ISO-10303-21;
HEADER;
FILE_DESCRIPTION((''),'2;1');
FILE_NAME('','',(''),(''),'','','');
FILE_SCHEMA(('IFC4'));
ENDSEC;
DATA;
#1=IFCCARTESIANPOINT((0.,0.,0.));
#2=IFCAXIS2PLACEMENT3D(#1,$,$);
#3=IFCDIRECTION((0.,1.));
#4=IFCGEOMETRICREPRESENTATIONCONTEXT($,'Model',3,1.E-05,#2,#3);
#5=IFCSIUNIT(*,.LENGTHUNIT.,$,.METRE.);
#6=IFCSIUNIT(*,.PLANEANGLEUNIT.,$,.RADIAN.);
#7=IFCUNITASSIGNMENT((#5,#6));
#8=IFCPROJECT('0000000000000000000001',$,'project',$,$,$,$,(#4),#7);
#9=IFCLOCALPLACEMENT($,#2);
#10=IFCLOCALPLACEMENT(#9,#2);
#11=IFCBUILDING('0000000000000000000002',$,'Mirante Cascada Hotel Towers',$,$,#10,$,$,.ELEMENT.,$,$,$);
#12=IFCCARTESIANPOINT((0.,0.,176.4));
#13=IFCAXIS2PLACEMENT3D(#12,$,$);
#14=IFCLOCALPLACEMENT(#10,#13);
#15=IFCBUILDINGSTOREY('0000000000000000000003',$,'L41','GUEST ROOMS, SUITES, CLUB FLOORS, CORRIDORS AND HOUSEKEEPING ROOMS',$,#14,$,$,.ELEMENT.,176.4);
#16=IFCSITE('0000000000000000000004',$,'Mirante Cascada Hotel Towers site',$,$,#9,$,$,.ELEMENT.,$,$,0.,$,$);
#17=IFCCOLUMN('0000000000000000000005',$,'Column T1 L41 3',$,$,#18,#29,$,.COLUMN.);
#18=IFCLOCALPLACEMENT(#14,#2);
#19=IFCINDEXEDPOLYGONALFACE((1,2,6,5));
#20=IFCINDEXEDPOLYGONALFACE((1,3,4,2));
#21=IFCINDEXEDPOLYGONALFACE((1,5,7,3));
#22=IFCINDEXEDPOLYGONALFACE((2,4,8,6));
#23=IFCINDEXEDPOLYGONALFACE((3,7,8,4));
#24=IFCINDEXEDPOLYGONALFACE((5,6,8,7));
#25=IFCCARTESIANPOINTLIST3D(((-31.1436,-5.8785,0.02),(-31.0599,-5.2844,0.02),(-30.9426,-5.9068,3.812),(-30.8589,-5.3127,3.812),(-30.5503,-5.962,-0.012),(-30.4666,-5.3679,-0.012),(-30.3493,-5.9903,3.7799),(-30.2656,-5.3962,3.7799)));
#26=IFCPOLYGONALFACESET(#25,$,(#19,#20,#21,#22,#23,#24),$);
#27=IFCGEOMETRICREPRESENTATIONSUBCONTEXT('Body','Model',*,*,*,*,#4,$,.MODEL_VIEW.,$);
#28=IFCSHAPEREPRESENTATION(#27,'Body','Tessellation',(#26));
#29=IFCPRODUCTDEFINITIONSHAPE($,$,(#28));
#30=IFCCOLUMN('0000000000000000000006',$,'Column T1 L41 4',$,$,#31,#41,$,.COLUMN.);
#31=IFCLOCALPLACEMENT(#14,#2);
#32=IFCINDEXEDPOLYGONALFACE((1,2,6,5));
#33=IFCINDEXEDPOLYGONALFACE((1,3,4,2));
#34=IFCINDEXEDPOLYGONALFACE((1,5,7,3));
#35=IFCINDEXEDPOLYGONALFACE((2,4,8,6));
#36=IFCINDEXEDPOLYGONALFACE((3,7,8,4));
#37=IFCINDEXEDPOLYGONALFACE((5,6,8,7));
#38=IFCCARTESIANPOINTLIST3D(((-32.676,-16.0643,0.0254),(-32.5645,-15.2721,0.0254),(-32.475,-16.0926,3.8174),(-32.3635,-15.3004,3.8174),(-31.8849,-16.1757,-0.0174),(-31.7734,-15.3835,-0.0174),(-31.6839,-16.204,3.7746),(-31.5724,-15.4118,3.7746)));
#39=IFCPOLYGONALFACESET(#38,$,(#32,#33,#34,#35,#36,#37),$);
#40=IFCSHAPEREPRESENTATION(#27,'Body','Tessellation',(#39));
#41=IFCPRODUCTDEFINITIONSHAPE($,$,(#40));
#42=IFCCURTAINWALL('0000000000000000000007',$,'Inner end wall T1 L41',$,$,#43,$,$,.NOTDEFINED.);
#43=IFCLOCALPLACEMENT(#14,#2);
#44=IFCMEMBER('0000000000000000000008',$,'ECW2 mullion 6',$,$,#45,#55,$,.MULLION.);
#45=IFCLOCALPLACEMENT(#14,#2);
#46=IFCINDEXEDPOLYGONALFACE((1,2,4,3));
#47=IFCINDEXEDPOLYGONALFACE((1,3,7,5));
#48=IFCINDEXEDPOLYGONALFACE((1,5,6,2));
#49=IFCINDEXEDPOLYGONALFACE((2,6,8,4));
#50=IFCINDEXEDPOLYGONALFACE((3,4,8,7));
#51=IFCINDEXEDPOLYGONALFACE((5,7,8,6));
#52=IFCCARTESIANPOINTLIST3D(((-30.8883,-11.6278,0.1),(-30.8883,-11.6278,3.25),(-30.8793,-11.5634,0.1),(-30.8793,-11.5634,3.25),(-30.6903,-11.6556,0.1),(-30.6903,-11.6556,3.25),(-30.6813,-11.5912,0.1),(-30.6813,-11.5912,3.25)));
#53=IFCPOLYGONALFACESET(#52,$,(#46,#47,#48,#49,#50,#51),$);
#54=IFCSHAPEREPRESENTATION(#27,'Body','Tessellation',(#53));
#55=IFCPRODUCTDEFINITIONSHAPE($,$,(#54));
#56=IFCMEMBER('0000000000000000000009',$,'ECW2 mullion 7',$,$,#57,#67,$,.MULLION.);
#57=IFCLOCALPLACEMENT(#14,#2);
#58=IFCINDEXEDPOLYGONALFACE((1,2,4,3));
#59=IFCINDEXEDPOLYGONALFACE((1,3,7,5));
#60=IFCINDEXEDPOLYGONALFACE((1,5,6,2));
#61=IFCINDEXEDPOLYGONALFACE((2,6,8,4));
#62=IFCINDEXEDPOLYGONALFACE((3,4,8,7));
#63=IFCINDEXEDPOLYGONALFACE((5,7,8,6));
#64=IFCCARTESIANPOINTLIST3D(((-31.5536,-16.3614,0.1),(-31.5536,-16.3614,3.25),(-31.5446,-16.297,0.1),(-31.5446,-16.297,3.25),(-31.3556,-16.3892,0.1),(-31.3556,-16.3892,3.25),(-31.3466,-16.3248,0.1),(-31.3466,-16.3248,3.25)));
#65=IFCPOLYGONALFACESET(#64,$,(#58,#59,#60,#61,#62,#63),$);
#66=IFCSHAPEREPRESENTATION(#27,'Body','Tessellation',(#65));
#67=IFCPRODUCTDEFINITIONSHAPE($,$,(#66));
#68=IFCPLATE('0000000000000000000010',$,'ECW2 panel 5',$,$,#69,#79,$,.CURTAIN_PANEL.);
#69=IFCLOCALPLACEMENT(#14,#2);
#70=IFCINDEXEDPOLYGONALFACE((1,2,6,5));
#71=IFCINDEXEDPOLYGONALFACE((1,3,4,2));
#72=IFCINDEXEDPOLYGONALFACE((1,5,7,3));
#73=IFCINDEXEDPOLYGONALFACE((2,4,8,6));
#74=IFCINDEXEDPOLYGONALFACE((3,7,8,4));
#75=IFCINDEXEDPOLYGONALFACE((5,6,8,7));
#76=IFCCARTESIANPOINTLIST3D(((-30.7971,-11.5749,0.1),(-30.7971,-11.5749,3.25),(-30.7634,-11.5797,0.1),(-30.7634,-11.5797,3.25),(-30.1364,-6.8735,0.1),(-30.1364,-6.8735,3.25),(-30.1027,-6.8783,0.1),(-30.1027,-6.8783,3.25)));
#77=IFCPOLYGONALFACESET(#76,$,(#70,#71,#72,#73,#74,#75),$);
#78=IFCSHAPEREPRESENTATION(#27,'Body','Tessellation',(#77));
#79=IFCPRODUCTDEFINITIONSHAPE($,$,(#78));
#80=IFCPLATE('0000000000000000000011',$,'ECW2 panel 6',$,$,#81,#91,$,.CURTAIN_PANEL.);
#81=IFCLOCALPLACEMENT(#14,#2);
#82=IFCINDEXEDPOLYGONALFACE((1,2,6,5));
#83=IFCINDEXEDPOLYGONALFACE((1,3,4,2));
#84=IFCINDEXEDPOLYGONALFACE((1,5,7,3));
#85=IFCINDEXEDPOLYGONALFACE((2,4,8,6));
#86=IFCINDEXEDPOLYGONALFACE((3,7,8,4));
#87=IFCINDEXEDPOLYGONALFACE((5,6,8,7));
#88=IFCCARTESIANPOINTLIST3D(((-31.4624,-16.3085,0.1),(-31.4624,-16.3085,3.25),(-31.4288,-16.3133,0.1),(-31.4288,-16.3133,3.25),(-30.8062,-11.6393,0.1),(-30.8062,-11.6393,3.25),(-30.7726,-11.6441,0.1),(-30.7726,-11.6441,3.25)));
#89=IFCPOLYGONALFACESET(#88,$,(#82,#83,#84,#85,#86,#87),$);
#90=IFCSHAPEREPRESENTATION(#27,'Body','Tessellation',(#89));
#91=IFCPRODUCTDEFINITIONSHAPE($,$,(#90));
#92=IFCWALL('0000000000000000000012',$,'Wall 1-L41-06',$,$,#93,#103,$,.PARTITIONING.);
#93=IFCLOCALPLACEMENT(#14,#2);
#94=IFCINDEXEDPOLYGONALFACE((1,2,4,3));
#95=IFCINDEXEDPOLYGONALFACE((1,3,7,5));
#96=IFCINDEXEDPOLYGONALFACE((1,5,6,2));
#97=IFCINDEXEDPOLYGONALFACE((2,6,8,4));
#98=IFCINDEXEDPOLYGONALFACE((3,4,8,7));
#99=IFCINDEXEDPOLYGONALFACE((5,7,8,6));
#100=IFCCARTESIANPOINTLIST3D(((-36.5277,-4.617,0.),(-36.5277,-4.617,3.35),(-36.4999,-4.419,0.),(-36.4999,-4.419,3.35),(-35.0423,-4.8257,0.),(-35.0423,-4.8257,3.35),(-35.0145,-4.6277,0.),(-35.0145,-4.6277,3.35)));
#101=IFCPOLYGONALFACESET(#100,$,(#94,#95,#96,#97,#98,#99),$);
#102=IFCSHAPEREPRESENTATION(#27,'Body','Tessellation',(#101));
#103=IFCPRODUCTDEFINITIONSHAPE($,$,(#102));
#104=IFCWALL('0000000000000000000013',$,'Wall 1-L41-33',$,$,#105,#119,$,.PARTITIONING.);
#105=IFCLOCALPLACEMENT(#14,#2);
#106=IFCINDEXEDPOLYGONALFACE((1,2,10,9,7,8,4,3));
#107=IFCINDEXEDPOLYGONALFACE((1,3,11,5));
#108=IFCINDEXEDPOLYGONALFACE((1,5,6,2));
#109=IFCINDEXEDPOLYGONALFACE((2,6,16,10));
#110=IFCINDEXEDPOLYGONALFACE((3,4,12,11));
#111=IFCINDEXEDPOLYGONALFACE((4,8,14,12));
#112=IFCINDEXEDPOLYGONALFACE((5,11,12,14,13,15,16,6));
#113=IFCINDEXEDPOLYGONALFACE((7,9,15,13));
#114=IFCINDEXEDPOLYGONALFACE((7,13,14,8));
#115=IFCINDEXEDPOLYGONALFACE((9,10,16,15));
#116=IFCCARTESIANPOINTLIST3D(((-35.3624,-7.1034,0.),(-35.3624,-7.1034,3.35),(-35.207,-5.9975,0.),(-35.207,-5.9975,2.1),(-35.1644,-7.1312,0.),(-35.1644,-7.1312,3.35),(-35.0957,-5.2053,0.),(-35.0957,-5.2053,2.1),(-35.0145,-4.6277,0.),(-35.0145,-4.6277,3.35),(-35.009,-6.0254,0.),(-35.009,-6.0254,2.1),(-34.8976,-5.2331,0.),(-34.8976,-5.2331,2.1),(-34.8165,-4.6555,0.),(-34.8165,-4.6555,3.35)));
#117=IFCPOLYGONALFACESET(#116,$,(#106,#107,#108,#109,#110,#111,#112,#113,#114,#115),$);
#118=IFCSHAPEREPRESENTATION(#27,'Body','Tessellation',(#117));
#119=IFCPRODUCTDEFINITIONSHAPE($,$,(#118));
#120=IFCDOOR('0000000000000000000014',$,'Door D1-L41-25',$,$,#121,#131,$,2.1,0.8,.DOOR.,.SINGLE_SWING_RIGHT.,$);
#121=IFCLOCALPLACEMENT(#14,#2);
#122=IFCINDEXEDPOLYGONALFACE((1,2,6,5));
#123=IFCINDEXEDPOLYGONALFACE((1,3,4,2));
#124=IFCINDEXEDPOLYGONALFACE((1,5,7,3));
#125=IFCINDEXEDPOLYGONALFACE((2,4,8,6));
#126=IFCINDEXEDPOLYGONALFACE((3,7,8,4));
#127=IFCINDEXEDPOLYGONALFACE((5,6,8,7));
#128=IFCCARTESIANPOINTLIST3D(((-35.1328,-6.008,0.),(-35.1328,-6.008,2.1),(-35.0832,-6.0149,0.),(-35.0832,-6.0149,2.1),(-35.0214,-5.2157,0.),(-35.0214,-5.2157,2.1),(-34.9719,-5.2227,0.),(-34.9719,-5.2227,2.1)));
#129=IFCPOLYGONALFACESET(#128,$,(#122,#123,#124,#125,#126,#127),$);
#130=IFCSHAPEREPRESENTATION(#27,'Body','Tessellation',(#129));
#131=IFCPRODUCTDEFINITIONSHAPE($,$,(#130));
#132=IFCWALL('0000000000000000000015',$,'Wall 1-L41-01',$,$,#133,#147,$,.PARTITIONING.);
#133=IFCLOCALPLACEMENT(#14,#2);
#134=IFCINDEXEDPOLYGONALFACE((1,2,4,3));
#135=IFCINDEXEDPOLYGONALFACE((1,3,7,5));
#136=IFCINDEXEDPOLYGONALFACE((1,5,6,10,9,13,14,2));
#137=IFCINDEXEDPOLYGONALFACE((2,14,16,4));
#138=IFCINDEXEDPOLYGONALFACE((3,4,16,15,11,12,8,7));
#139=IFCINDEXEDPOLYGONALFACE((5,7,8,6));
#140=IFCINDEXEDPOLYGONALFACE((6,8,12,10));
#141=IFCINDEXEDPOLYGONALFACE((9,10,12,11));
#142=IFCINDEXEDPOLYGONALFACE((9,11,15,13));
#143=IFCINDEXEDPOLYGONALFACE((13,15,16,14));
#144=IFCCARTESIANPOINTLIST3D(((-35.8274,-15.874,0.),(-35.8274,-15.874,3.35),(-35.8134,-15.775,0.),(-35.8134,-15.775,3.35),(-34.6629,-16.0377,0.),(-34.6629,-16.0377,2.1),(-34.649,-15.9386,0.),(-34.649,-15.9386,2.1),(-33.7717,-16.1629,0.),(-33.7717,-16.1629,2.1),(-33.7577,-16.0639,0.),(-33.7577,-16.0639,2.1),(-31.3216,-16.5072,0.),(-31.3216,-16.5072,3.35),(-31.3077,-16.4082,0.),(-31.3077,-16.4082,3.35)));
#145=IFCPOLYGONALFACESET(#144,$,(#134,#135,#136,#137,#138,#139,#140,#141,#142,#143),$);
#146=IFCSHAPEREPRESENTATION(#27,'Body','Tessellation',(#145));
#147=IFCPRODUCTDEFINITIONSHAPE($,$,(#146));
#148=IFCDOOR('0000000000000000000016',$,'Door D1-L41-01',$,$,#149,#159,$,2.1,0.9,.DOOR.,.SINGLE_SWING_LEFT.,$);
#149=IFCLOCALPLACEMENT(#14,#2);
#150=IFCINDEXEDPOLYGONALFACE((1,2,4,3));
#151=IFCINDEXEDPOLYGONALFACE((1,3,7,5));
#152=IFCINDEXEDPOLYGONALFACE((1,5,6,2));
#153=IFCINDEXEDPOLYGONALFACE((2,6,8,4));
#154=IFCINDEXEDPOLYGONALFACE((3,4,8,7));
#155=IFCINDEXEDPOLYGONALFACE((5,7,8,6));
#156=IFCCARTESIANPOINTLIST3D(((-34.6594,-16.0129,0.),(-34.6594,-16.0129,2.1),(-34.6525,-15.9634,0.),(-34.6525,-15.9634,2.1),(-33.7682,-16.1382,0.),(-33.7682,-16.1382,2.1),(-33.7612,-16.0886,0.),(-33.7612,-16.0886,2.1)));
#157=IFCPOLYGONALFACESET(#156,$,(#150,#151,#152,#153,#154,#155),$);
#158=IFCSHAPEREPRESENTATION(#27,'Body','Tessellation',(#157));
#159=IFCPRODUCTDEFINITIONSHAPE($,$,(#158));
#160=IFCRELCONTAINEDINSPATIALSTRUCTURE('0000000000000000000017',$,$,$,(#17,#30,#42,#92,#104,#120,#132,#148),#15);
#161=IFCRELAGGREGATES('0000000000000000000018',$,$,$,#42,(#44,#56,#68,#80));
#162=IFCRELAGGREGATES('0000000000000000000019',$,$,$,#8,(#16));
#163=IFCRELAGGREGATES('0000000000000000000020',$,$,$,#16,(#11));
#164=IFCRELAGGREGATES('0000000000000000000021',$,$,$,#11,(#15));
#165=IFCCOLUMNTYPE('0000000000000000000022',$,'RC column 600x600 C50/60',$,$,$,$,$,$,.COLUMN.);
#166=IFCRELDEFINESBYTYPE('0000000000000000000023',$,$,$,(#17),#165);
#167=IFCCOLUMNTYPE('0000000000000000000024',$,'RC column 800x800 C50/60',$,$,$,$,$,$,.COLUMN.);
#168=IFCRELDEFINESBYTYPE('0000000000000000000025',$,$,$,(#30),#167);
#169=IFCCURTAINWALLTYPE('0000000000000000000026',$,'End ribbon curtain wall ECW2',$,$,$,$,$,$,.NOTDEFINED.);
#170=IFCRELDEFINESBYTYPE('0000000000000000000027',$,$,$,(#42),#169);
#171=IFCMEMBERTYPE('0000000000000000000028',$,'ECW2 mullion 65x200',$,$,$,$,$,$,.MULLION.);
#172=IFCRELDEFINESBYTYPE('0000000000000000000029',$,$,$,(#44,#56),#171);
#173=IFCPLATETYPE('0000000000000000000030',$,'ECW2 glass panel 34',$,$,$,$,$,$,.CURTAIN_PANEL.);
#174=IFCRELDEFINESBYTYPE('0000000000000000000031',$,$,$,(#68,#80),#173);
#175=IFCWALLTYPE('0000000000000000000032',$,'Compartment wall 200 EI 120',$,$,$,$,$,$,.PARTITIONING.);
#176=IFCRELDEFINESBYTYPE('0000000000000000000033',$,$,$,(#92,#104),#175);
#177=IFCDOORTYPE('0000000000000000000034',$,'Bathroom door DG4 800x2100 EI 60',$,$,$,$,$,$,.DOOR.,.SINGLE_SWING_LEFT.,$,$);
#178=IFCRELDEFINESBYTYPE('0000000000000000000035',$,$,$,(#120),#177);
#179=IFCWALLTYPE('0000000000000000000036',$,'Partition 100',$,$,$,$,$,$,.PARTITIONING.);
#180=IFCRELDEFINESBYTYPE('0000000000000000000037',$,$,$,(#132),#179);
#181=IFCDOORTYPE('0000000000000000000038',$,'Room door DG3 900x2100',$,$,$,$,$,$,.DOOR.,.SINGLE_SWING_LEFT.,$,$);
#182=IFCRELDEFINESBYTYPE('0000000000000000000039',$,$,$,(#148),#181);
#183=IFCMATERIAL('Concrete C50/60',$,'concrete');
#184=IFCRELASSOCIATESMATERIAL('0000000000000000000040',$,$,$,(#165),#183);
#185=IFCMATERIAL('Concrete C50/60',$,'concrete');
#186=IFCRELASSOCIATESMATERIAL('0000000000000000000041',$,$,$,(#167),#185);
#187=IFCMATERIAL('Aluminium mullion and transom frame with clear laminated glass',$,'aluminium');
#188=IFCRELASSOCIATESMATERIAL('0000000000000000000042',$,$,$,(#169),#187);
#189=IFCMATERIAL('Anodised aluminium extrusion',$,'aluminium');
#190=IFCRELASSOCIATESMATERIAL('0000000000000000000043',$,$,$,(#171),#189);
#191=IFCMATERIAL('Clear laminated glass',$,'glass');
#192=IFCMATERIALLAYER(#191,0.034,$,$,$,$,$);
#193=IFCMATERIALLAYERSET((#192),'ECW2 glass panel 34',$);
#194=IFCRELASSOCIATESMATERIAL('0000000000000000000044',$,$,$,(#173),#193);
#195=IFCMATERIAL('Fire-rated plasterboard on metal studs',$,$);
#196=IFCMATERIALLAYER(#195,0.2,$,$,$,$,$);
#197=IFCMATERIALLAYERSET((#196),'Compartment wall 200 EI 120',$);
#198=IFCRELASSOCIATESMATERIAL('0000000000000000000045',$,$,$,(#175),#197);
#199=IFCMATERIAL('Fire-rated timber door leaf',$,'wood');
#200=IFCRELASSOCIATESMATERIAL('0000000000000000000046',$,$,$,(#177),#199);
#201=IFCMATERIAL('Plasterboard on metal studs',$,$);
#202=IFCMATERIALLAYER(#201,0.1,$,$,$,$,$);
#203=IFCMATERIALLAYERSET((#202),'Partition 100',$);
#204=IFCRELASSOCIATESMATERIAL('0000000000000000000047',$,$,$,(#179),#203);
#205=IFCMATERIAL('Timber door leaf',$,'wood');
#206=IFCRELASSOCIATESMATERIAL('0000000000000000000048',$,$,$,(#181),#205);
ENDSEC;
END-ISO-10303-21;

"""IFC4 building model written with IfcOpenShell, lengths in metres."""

from ifc_helpers import new_model, si_unit, direction, frame, frame_2d, origin, origin_2d, place, context, subcontext, project, spatial, rectangle, extrude, material, layer, layer_set, material_profile, profile_set, type_object, element, fill, aggregate, save


model = new_model("IFC4")

# Units and contexts
model_context = context("Model", 3, precision=1e-05, world=origin(), true_north=direction((0.0, 1.0)))
body_context = subcontext(model_context, "Body", "Model", "MODEL_VIEW")
ifc_project = project(units=[si_unit("LENGTHUNIT", "METRE"), si_unit("PLANEANGLEUNIT", "RADIAN")], contexts=[model_context])

# Site, building, storey
site_placement = place(None, origin())
site = spatial("IfcSite", under=ifc_project, at=site_placement, Name="Mirante Cascada Hotel Towers site", CompositionType="ELEMENT", RefElevation=0.0)
building_placement = place(site_placement, origin())
building = spatial("IfcBuilding", under=site, at=building_placement, Name="Mirante Cascada Hotel Towers", CompositionType="ELEMENT")
storey_placement = place(building_placement, frame((0.0, 0.0, 176.4)))
storey = spatial("IfcBuildingStorey", under=building, at=storey_placement, Name="L41", Description="GUEST ROOMS, SUITES, CLUB FLOORS, CORRIDORS AND HOUSEKEEPING ROOMS", CompositionType="ELEMENT", Elevation=176.4)

# Columns
ifc_material_1 = material(Name="Concrete C50/60", Category="concrete")
ifc_material_profile_1 = material_profile(ifc_material_1, rectangle(XDim=0.6, YDim=0.6, at=origin_2d()), Name="RC column 600x600 C50/60")
ifc_profile_set_1 = profile_set([ifc_material_profile_1], Name="Concrete C50/60")
column_type_1 = type_object("IfcColumnType", Name="RC column 600x600 C50/60", PredefinedType="COLUMN", material=ifc_profile_set_1)
column_1_placement = place(storey_placement, frame((-30.8051, -5.6232, 0.004), z_axis=(0.052931, -0.007452, 0.99857), x_axis=(0.139421, 0.990233, 0.0)))
element("IfcColumn", 1, at=column_1_placement, inside=storey, type_object=column_type_1, Name="Column T1 L41 3", PredefinedType="COLUMN", context=body_context, shape_type="SweptSolid", body=[
    extrude(rectangle(XDim=0.6, YDim=0.6, at=origin_2d()), origin(), (0.0, 0.0, 1.0), 3.7974),
])
ifc_material_2 = material(Name="Concrete C50/60", Category="concrete")
ifc_material_profile_2 = material_profile(ifc_material_2, rectangle(XDim=0.8, YDim=0.8, at=origin_2d()), Name="RC column 800x800 C50/60")
ifc_profile_set_2 = profile_set([ifc_material_profile_2], Name="Concrete C50/60")
column_type_2 = type_object("IfcColumnType", Name="RC column 800x800 C50/60", PredefinedType="COLUMN", material=ifc_profile_set_2)
column_2_placement = place(storey_placement, frame((-32.2247, -15.7239, 0.004), z_axis=(0.052931, -0.007452, 0.99857), x_axis=(0.139421, 0.990233, 0.0)))
element("IfcColumn", 2, at=column_2_placement, inside=storey, type_object=column_type_2, Name="Column T1 L41 4", PredefinedType="COLUMN", context=body_context, shape_type="SweptSolid", body=[
    extrude(rectangle(XDim=0.8, YDim=0.8, at=origin_2d()), origin(), (0.0, 0.0, 1.0), 3.7974),
])

# Curtain wall, members, plates
ifc_material_3 = material(Name="Aluminium mullion and transom frame with clear laminated glass", Category="aluminium")
curtain_wall_type = type_object("IfcCurtainWallType", Name="End ribbon curtain wall ECW2", PredefinedType="NOTDEFINED", material=ifc_material_3)
curtain_wall_placement = place(storey_placement, origin())
curtain_wall = element("IfcCurtainWall", 3, at=curtain_wall_placement, inside=storey, type_object=curtain_wall_type, Name="Inner end wall T1 L41", PredefinedType="NOTDEFINED")
ifc_material_4 = material(Name="Anodised aluminium extrusion", Category="aluminium")
ifc_material_profile_3 = material_profile(ifc_material_4, rectangle(XDim=0.2, YDim=0.065, at=origin_2d()), Name="ECW2 MULLION 65x200")
ifc_profile_set_3 = profile_set([ifc_material_profile_3], Name="Anodised aluminium extrusion")
member_type = type_object("IfcMemberType", Name="ECW2 mullion 65x200", PredefinedType="MULLION", material=ifc_profile_set_3)
member_1_placement = place(storey_placement, frame((-30.7848, -11.6095, 0.1), z_axis=(0.0, 0.0, 1.0), x_axis=(0.990268, -0.139173, 0.0)))
member_1 = element("IfcMember", 4, at=member_1_placement, type_object=member_type, Name="ECW2 mullion 6", PredefinedType="MULLION", context=body_context, shape_type="SweptSolid", body=[
    extrude(rectangle(XDim=0.2, YDim=0.065, at=origin_2d()), origin(), (0.0, 0.0, 1.0), 3.15),
])
member_2_placement = place(storey_placement, frame((-31.4501, -16.3431, 0.1), z_axis=(0.0, 0.0, 1.0), x_axis=(0.990268, -0.139173, 0.0)))
member_2 = element("IfcMember", 5, at=member_2_placement, type_object=member_type, Name="ECW2 mullion 7", PredefinedType="MULLION", context=body_context, shape_type="SweptSolid", body=[
    extrude(rectangle(XDim=0.2, YDim=0.065, at=origin_2d()), origin(), (0.0, 0.0, 1.0), 3.15),
])
ifc_material_5 = material(Name="Clear laminated glass", Category="glass")
ifc_layer_1 = layer(ifc_material_5, 0.034)
ifc_layer_set_1 = layer_set([ifc_layer_1], Name="ECW2 glass panel 34")
plate_type = type_object("IfcPlateType", Name="ECW2 glass panel 34", PredefinedType="CURTAIN_PANEL", material=ifc_layer_set_1)
plate_1_placement = place(storey_placement, frame((-30.4499, -9.2266, 0.1), z_axis=(0.0, 0.0, 1.0), x_axis=(-0.139173, -0.990268, 0.0)))
plate_1 = element("IfcPlate", 6, at=plate_1_placement, type_object=plate_type, Name="ECW2 panel 5", PredefinedType="CURTAIN_PANEL", context=body_context, shape_type="SweptSolid", body=[
    extrude(rectangle(XDim=4.7476, YDim=0.034, at=origin_2d()), origin(), (0.0, 0.0, 1.0), 3.15),
])
plate_2_placement = place(storey_placement, frame((-31.1175, -13.9763, 0.1), z_axis=(0.0, 0.0, 1.0), x_axis=(-0.139173, -0.990268, 0.0)))
plate_2 = element("IfcPlate", 7, at=plate_2_placement, type_object=plate_type, Name="ECW2 panel 6", PredefinedType="CURTAIN_PANEL", context=body_context, shape_type="SweptSolid", body=[
    extrude(rectangle(XDim=4.7151, YDim=0.034, at=origin_2d()), origin(), (0.0, 0.0, 1.0), 3.15),
])
aggregate(curtain_wall, [member_1, member_2, plate_1, plate_2])

# Wall
ifc_material_6 = material(Name="Fire-rated plasterboard on metal studs")
ifc_layer_2 = layer(ifc_material_6, 0.2)
ifc_layer_set_2 = layer_set([ifc_layer_2], Name="Compartment wall 200 EI 120")
wall_type_1 = type_object("IfcWallType", Name="Compartment wall 200 EI 120", PredefinedType="PARTITIONING", material=ifc_layer_set_2)
wall_1_placement = place(storey_placement, frame((-35.0284, -4.7267, 0.0), z_axis=(0.0, 0.0, 1.0), x_axis=(-0.990274, 0.139134, 0.0)))
element("IfcWall", 8, at=wall_1_placement, inside=storey, type_object=wall_type_1, Name="Wall 1-L41-06", PredefinedType="PARTITIONING", context=body_context, shape_type="SweptSolid", body=[
    extrude(rectangle(XDim=1.5, YDim=0.2, at=frame_2d((0.75, 0.0))), origin(), (0.0, 0.0, 1.0), 3.35),
])

# Walls, openings, doors
wall_2_placement = place(storey_placement, frame((-34.9155, -4.6416, 0.0), z_axis=(0.0, 0.0, 1.0), x_axis=(-0.139159, -0.99027, 0.0)))
wall_2 = element("IfcWall", 9, at=wall_2_placement, inside=storey, type_object=wall_type_1, Name="Wall 1-L41-33", PredefinedType="PARTITIONING", context=body_context, shape_type="SweptSolid", body=[
    extrude(rectangle(XDim=2.5, YDim=0.2, at=frame_2d((1.25, 0.0))), origin(), (0.0, 0.0, 1.0), 3.35),
])
opening_1_placement = place(wall_2_placement, frame((0.5833, 0.0, 0.0)))
opening_1 = element("IfcOpeningElement", 10, at=opening_1_placement, cuts=wall_2, PredefinedType="OPENING", context=body_context, shape_type="SweptSolid", body=[
    extrude(rectangle(XDim=0.8, YDim=2.1, at=frame_2d((0.4, 1.05))), frame((0.0, 0.1, 0.0), z_axis=(0.0, -1.0, 0.0), x_axis=(1.0, 0.0, 0.0)), (0.0, 0.0, 1.0), 0.2),
])
ifc_material_7 = material(Name="Fire-rated timber door leaf", Category="wood")
door_type_1 = type_object("IfcDoorType", Name="Bathroom door DG4 800x2100 EI 60", OperationType="SINGLE_SWING_LEFT", PredefinedType="DOOR", material=ifc_material_7)
door_1_placement = place(opening_1_placement, frame((0.8, 0.0, 0.0), z_axis=(0.0, 0.0, 1.0), x_axis=(-1.0, 0.0, 0.0)))
door_1 = element("IfcDoor", 11, at=door_1_placement, inside=storey, type_object=door_type_1, Name="Door D1-L41-25", OperationType="SINGLE_SWING_RIGHT", OverallHeight=2.1, OverallWidth=0.8, PredefinedType="DOOR", context=body_context, shape_type="SweptSolid", body=[
    extrude(rectangle(XDim=0.8, YDim=2.1, at=frame_2d((0.4, 1.05))), frame((0.0, 0.025, 0.0), z_axis=(0.0, -1.0, 0.0), x_axis=(1.0, 0.0, 0.0)), (0.0, 0.0, 1.0), 0.05),
])
fill(opening_1, door_1)
ifc_material_8 = material(Name="Plasterboard on metal studs")
ifc_layer_3 = layer(ifc_material_8, 0.1)
ifc_layer_set_3 = layer_set([ifc_layer_3], Name="Partition 100")
wall_type_2 = type_object("IfcWallType", Name="Partition 100", PredefinedType="PARTITIONING", material=ifc_layer_set_3)
wall_3_placement = place(storey_placement, frame((-35.8204, -15.8245, 0.0), z_axis=(0.0, 0.0, 1.0), x_axis=(0.990269, -0.139166, 0.0)))
wall_3 = element("IfcWall", 12, at=wall_3_placement, inside=storey, type_object=wall_type_2, Name="Wall 1-L41-01", PredefinedType="PARTITIONING", context=body_context, shape_type="SweptSolid", body=[
    extrude(rectangle(XDim=4.55, YDim=0.1, at=frame_2d((2.275, 0.0))), origin(), (0.0, 0.0, 1.0), 3.35),
])
opening_2_placement = place(wall_3_placement, frame((1.1759, 0.0, 0.0)))
opening_2 = element("IfcOpeningElement", 13, at=opening_2_placement, cuts=wall_3, PredefinedType="OPENING", context=body_context, shape_type="SweptSolid", body=[
    extrude(rectangle(XDim=0.9, YDim=2.1, at=frame_2d((0.45, 1.05))), frame((0.0, 0.05, 0.0), z_axis=(0.0, -1.0, 0.0), x_axis=(1.0, 0.0, 0.0)), (0.0, 0.0, 1.0), 0.1),
])
ifc_material_9 = material(Name="Timber door leaf", Category="wood")
door_type_2 = type_object("IfcDoorType", Name="Room door DG3 900x2100", OperationType="SINGLE_SWING_LEFT", PredefinedType="DOOR", material=ifc_material_9)
door_2_placement = place(opening_2_placement, origin())
door_2 = element("IfcDoor", 14, at=door_2_placement, inside=storey, type_object=door_type_2, Name="Door D1-L41-01", OperationType="SINGLE_SWING_LEFT", OverallHeight=2.1, OverallWidth=0.9, PredefinedType="DOOR", context=body_context, shape_type="SweptSolid", body=[
    extrude(rectangle(XDim=0.9, YDim=2.1, at=frame_2d((0.45, 1.05))), frame((0.0, 0.025, 0.0), z_axis=(0.0, -1.0, 0.0), x_axis=(1.0, 0.0, 0.0)), (0.0, 0.0, 1.0), 0.05),
])
fill(opening_2, door_2)

save(model, "model.ifc")
